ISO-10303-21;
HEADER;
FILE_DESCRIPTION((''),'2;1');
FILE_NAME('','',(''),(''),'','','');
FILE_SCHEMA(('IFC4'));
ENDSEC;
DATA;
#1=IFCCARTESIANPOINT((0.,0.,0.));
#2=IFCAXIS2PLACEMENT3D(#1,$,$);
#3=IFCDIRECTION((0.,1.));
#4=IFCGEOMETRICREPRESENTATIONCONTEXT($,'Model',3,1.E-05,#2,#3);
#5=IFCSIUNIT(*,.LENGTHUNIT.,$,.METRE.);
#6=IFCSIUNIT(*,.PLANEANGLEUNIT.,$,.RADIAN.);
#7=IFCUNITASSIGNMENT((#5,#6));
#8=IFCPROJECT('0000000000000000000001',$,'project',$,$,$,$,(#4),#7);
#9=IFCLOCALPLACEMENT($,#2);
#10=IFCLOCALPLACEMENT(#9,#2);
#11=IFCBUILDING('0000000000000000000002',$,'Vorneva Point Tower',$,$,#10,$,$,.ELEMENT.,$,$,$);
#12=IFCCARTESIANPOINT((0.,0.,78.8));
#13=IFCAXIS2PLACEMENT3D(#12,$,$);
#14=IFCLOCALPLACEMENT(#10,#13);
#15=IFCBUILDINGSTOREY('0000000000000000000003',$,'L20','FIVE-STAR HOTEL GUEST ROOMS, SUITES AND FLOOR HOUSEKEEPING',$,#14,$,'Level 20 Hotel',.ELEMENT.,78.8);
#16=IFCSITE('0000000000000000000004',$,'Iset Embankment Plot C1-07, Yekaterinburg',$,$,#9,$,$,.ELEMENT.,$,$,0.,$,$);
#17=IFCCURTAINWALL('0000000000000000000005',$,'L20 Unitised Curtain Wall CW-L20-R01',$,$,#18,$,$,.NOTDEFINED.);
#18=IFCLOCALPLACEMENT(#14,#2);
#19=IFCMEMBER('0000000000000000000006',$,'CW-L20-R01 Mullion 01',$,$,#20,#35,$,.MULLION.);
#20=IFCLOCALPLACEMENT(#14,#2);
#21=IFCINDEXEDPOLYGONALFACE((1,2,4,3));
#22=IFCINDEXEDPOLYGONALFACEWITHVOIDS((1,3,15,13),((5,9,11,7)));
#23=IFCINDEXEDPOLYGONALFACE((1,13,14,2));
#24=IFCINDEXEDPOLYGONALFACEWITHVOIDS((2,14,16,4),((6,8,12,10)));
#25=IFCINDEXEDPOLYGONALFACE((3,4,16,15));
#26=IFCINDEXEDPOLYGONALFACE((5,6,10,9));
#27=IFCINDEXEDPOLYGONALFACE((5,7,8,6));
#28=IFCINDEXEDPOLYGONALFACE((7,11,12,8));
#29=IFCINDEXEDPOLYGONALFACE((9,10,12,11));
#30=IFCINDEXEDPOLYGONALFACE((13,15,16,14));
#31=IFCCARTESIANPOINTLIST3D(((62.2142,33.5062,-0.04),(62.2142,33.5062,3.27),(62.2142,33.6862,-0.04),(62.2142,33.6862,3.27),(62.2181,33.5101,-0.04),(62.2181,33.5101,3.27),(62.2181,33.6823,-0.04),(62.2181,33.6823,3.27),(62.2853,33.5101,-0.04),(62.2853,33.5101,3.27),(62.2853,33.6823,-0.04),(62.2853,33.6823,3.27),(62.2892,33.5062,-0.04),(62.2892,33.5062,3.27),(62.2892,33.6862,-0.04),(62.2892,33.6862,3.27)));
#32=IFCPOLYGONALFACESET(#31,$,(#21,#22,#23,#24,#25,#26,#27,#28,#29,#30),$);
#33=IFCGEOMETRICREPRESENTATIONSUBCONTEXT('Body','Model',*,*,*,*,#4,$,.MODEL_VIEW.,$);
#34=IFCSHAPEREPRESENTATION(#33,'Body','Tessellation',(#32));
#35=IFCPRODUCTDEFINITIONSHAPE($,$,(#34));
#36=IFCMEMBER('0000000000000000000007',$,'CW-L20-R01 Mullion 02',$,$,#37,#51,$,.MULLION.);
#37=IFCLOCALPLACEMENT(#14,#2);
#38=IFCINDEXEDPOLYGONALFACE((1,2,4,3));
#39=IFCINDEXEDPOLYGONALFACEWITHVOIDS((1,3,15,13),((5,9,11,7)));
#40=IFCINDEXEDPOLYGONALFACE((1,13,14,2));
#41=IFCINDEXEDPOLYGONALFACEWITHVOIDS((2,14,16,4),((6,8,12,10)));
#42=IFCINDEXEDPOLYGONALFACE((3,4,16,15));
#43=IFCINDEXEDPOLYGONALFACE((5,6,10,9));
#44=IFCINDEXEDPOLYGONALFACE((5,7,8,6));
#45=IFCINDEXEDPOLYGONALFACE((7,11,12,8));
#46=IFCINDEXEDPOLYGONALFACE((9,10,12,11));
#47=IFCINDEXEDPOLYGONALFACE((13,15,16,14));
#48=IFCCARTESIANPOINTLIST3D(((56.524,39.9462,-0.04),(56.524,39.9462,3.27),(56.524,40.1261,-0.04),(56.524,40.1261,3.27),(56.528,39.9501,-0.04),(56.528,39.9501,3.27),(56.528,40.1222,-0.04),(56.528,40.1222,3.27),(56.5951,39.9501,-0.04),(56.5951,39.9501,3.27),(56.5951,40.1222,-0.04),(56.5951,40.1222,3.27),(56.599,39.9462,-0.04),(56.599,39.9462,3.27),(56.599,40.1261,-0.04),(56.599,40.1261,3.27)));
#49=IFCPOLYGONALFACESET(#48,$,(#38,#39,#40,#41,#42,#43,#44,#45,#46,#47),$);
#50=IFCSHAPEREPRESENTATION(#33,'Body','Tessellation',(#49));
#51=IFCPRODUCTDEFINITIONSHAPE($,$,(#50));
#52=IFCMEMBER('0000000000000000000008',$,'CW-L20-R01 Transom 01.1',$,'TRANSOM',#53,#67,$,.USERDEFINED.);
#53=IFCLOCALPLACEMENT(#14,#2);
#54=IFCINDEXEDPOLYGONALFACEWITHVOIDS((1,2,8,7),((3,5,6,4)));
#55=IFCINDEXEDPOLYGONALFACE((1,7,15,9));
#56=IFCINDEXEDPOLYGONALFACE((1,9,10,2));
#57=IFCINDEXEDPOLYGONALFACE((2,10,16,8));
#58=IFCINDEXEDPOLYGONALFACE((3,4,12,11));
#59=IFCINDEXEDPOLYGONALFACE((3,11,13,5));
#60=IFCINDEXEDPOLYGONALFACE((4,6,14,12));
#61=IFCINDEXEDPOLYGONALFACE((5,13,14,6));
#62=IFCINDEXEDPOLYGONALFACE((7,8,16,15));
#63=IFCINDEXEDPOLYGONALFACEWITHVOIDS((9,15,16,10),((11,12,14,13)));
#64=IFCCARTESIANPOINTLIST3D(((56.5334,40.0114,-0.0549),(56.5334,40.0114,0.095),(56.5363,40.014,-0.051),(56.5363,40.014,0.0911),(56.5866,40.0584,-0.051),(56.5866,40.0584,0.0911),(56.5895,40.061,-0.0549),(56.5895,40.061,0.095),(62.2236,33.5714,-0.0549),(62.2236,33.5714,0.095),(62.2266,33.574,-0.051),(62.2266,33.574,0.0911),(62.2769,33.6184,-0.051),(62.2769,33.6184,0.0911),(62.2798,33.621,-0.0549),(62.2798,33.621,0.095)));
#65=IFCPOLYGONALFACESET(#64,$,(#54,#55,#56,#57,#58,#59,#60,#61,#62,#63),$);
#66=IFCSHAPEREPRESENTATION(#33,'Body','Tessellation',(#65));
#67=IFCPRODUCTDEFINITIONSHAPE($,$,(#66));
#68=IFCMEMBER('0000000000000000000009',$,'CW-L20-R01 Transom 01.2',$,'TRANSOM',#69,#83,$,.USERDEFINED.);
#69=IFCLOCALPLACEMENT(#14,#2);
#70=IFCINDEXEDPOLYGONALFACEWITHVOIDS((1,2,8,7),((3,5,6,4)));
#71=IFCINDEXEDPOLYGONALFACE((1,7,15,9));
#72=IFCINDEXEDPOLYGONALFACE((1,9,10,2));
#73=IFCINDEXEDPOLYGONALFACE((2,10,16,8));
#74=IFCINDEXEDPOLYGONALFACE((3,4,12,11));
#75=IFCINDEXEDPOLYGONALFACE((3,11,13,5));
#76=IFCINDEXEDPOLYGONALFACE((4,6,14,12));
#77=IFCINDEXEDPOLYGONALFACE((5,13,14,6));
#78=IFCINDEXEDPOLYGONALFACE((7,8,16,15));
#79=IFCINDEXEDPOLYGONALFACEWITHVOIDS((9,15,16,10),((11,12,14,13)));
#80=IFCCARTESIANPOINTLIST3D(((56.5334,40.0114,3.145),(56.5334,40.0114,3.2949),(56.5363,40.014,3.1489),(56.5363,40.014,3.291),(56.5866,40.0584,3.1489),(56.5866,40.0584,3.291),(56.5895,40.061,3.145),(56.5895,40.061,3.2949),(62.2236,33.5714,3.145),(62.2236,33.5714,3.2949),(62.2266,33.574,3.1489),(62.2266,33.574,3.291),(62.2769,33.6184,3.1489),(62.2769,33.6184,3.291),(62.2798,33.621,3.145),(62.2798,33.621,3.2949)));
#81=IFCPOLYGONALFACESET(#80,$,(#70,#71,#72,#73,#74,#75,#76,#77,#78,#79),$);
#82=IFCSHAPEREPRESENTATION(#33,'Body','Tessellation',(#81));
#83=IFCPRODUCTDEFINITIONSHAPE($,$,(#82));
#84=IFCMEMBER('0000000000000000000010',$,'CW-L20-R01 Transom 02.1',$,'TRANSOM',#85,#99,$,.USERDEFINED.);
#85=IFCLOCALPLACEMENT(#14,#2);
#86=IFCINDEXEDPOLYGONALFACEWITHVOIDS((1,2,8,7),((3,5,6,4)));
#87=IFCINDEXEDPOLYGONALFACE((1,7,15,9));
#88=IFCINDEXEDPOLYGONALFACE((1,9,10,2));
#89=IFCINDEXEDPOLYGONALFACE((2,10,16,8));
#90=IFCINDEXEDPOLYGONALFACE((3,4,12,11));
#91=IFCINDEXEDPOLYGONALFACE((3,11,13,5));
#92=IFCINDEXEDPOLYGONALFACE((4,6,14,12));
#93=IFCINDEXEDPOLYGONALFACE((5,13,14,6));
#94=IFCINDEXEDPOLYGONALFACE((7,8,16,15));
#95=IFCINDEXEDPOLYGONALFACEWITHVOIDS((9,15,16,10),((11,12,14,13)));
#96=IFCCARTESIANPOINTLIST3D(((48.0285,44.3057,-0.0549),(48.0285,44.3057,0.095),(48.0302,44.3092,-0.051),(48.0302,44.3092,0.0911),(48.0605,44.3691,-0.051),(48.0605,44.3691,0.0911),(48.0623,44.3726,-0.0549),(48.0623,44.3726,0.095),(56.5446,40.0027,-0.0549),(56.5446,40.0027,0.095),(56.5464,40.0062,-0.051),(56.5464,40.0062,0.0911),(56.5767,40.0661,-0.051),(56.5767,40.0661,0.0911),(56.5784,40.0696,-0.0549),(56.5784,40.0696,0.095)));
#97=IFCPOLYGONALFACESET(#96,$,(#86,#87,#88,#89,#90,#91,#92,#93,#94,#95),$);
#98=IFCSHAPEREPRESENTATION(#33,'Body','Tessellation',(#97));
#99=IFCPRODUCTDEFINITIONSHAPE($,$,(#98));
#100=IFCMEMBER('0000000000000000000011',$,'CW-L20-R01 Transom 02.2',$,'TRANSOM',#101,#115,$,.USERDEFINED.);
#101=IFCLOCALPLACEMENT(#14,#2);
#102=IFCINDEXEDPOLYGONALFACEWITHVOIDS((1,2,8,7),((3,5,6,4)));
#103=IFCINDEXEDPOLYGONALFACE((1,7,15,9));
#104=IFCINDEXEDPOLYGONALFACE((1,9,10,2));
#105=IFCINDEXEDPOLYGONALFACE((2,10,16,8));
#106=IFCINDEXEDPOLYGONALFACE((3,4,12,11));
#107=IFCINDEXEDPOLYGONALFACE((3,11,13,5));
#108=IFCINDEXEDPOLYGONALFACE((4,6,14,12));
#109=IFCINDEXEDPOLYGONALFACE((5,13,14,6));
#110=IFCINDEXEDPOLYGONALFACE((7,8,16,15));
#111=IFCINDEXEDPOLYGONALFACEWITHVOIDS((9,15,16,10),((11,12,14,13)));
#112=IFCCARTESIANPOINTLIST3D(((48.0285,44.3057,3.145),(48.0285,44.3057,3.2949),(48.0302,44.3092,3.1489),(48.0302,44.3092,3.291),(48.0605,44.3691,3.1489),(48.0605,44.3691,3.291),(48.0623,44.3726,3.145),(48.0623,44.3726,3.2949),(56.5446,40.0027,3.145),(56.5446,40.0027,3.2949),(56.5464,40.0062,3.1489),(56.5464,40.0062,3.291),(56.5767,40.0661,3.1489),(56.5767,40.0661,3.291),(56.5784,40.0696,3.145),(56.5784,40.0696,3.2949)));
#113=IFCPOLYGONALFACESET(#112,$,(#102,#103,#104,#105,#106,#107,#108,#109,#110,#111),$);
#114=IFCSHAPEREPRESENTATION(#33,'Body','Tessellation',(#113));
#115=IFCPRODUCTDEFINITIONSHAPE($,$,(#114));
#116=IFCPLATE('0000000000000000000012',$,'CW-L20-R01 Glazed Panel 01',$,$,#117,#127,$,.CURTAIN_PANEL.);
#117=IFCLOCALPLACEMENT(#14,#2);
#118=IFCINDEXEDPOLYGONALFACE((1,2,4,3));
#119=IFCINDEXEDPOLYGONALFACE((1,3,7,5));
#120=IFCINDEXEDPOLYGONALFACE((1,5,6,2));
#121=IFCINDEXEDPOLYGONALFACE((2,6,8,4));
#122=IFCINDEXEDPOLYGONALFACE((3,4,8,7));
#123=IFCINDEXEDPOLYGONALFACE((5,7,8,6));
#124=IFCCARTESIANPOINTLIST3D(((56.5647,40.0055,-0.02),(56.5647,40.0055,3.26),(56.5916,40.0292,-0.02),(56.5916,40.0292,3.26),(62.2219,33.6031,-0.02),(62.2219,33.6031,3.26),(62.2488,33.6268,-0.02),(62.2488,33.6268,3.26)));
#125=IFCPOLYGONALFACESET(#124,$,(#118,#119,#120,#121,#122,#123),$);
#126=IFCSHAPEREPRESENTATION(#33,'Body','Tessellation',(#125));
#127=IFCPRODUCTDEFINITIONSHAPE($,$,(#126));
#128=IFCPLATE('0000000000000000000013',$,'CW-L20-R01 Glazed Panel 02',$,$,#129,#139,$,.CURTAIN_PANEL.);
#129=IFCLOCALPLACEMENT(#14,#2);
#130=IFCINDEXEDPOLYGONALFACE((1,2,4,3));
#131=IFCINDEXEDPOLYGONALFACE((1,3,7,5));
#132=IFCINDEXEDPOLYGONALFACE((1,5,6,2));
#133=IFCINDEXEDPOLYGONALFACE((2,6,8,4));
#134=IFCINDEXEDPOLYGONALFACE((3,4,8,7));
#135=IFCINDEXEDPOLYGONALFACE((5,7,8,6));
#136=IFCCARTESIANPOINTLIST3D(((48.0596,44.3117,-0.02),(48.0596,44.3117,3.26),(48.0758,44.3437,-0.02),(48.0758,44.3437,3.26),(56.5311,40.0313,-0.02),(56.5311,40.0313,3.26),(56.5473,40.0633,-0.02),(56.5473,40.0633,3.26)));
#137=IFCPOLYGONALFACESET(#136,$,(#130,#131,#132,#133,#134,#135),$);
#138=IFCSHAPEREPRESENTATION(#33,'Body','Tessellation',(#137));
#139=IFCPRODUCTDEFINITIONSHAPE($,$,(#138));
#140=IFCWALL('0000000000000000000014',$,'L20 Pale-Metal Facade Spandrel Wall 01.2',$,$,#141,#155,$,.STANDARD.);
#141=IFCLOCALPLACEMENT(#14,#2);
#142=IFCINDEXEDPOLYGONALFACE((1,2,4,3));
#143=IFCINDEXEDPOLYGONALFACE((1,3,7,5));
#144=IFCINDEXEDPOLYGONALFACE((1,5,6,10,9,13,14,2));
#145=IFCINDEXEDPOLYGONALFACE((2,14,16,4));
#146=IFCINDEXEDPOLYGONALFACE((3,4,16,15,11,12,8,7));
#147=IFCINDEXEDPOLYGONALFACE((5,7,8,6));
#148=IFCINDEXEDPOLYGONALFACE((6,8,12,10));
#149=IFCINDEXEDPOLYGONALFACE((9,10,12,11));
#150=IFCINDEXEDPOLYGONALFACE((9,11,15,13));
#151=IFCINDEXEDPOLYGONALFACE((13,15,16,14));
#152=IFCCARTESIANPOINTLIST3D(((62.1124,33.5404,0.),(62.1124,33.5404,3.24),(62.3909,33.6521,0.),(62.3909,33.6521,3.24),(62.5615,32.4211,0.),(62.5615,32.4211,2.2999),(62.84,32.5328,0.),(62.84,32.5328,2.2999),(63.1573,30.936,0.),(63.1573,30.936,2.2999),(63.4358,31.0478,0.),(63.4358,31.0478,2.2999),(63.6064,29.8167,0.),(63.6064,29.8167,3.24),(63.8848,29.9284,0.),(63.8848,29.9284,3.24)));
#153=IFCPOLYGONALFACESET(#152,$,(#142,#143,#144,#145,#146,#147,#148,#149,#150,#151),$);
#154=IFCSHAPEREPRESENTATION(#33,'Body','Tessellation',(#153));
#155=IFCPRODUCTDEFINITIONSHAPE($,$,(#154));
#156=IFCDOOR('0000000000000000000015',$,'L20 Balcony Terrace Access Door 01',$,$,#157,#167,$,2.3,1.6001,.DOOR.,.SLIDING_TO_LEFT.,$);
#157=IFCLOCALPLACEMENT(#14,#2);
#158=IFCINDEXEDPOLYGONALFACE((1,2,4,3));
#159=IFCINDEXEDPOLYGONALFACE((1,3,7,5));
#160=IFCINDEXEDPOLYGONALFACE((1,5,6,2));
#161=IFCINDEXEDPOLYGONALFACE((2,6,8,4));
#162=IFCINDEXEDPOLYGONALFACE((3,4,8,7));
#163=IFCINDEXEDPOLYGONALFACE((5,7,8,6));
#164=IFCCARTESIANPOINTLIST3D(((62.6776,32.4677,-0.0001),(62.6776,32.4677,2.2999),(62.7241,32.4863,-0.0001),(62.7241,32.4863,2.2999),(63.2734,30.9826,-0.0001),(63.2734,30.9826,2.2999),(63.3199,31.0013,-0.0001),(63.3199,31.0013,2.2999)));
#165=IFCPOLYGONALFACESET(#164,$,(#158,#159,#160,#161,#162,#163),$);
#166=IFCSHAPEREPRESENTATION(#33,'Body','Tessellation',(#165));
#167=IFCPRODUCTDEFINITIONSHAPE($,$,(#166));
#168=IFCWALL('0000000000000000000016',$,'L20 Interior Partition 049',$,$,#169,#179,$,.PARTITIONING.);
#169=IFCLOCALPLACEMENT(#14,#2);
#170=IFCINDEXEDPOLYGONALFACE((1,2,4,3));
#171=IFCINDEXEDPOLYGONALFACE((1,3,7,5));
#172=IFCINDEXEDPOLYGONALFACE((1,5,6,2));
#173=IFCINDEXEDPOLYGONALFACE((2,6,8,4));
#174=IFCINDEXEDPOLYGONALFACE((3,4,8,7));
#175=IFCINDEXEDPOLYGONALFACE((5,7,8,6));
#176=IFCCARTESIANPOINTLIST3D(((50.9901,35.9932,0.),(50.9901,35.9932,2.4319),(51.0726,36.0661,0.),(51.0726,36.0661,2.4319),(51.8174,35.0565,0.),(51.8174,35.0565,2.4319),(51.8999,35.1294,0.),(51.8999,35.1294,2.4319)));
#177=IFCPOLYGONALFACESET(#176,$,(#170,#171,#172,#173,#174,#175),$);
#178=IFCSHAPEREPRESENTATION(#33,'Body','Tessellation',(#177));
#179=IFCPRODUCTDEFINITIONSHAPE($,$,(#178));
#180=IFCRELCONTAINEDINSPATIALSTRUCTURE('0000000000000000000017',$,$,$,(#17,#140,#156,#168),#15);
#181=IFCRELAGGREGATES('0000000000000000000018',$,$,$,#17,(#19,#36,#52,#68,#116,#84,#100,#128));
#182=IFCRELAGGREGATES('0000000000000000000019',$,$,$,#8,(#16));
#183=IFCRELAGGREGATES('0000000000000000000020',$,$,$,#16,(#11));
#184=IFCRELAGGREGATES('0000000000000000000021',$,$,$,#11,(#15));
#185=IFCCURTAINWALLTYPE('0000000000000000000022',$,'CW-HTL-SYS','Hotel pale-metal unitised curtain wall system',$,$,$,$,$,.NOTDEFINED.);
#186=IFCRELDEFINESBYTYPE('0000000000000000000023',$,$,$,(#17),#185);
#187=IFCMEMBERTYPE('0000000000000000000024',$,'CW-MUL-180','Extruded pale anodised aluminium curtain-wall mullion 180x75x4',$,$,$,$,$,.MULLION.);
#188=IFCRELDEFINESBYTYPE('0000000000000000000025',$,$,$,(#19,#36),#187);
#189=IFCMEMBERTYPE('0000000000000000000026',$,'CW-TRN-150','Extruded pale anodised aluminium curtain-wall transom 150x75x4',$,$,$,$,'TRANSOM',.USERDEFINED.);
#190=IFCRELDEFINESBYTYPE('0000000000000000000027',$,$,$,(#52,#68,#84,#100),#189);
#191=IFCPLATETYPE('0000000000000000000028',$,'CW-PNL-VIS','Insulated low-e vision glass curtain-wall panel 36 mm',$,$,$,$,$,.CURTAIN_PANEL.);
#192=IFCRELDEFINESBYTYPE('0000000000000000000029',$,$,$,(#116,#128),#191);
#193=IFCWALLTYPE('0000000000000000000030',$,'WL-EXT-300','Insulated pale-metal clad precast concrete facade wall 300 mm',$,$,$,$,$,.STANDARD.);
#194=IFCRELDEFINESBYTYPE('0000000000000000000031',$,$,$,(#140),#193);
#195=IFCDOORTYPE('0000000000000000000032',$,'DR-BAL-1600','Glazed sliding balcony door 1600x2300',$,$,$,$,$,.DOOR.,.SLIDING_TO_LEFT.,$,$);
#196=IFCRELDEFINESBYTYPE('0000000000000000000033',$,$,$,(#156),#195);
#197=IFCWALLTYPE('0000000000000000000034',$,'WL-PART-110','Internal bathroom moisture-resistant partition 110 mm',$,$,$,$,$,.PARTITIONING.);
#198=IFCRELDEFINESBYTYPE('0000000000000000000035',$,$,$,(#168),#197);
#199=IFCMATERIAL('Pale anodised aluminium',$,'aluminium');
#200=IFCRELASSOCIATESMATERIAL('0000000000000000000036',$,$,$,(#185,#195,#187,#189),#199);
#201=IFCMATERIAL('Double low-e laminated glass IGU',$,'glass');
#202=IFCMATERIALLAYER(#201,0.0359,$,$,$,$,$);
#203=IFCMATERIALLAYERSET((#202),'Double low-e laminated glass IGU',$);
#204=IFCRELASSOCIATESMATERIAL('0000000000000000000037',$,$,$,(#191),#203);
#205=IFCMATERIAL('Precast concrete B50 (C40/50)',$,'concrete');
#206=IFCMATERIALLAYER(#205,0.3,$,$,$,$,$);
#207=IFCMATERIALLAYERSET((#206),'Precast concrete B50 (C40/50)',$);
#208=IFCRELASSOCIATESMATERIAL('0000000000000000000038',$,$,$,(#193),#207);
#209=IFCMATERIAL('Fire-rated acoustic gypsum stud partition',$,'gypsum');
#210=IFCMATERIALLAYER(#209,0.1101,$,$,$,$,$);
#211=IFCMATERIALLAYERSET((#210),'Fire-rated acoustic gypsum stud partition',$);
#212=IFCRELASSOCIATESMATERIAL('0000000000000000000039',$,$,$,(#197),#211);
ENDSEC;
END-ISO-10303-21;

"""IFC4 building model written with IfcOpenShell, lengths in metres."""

from ifc_helpers import new_model, si_unit, direction, frame, frame_2d, origin, origin_2d, place, context, subcontext, project, spatial, rectangle, hollow_rectangle, extrude, material, layer, layer_set, material_profile, profile_set, type_object, element, fill, aggregate, save


model = new_model("IFC4")

# Units and contexts
model_context = context("Model", 3, precision=1e-05, world=origin(), true_north=direction((0.0, 1.0)))
body_context = subcontext(model_context, "Body", "Model", "MODEL_VIEW")
ifc_project = project(units=[si_unit("LENGTHUNIT", "METRE"), si_unit("PLANEANGLEUNIT", "RADIAN")], contexts=[model_context])

# Site, building, storey
site_placement = place(None, origin())
site = spatial("IfcSite", under=ifc_project, at=site_placement, Name="Iset Embankment Plot C1-07, Yekaterinburg", CompositionType="ELEMENT", RefElevation=0.0)
building_placement = place(site_placement, origin())
building = spatial("IfcBuilding", under=site, at=building_placement, Name="Vorneva Point Tower", CompositionType="ELEMENT")
storey_placement = place(building_placement, frame((0.0, 0.0, 78.8)))
storey = spatial("IfcBuildingStorey", under=building, at=storey_placement, Name="L20", Description="FIVE-STAR HOTEL GUEST ROOMS, SUITES AND FLOOR HOUSEKEEPING", LongName="Level 20 Hotel", CompositionType="ELEMENT", Elevation=78.8)

# Curtain wall, members, plates
ifc_material_1 = material(Name="Pale anodised aluminium", Category="aluminium")
curtain_wall_type = type_object("IfcCurtainWallType", Name="CW-HTL-SYS", Description="Hotel pale-metal unitised curtain wall system", PredefinedType="NOTDEFINED", material=ifc_material_1)
curtain_wall_placement = place(storey_placement, origin())
curtain_wall = element("IfcCurtainWall", 1, at=curtain_wall_placement, inside=storey, type_object=curtain_wall_type, Name="L20 Unitised Curtain Wall CW-L20-R01", PredefinedType="NOTDEFINED")
ifc_material_profile_1 = material_profile(ifc_material_1, hollow_rectangle(XDim=0.075, YDim=0.1799, WallThickness=0.0039, at=origin_2d()), Name="AL-MUL 180x75x4")
ifc_profile_set_1 = profile_set([ifc_material_profile_1], Name="Pale anodised aluminium")
member_type_1 = type_object("IfcMemberType", Name="CW-MUL-180", Description="Extruded pale anodised aluminium curtain-wall mullion 180x75x4", PredefinedType="MULLION", material=ifc_profile_set_1)
member_1_placement = place(storey_placement, frame((62.2517, 33.5962, -0.04), z_axis=(0.0, 0.0, 1.0), x_axis=(1.0, 0.0, 0.0)))
member_1 = element("IfcMember", 2, at=member_1_placement, type_object=member_type_1, Name="CW-L20-R01 Mullion 01", PredefinedType="MULLION", context=body_context, shape_type="SweptSolid", body=[
    extrude(hollow_rectangle(XDim=0.075, YDim=0.1799, WallThickness=0.0039, at=origin_2d()), origin(), (0.0, 0.0, 1.0), 3.3101),
])
member_2_placement = place(storey_placement, frame((56.5615, 40.0361, -0.04), z_axis=(0.0, 0.0, 1.0), x_axis=(1.0, 0.0, 0.0)))
member_2 = element("IfcMember", 3, at=member_2_placement, type_object=member_type_1, Name="CW-L20-R01 Mullion 02", PredefinedType="MULLION", context=body_context, shape_type="SweptSolid", body=[
    extrude(hollow_rectangle(XDim=0.075, YDim=0.1799, WallThickness=0.0039, at=origin_2d()), origin(), (0.0, 0.0, 1.0), 3.3101),
])
ifc_material_profile_2 = material_profile(ifc_material_1, hollow_rectangle(XDim=0.075, YDim=0.1499, WallThickness=0.0039, at=origin_2d()), Name="AL-TRN 150x75x4")
ifc_profile_set_2 = profile_set([ifc_material_profile_2], Name="Pale anodised aluminium")
member_type_2 = type_object("IfcMemberType", Name="CW-TRN-150", Description="Extruded pale anodised aluminium curtain-wall transom 150x75x4", ElementType="TRANSOM", PredefinedType="USERDEFINED", material=ifc_profile_set_2)
member_3_placement = place(storey_placement, frame((62.2517, 33.5962, 0.02), z_axis=(-0.662137, 0.749383, 0.0), x_axis=(-0.749383, -0.662137, 0.0)))
member_3 = element("IfcMember", 4, at=member_3_placement, type_object=member_type_2, Name="CW-L20-R01 Transom 01.1", ObjectType="TRANSOM", PredefinedType="USERDEFINED", context=body_context, shape_type="SweptSolid", body=[
    extrude(hollow_rectangle(XDim=0.075, YDim=0.1499, WallThickness=0.0039, at=origin_2d()), origin(), (0.0, 0.0, 1.0), 8.5938),
])
member_4_placement = place(storey_placement, frame((62.2517, 33.5962, 3.22), z_axis=(-0.662137, 0.749383, 0.0), x_axis=(-0.749383, -0.662137, 0.0)))
member_4 = element("IfcMember", 5, at=member_4_placement, type_object=member_type_2, Name="CW-L20-R01 Transom 01.2", ObjectType="TRANSOM", PredefinedType="USERDEFINED", context=body_context, shape_type="SweptSolid", body=[
    extrude(hollow_rectangle(XDim=0.075, YDim=0.1499, WallThickness=0.0039, at=origin_2d()), origin(), (0.0, 0.0, 1.0), 8.5938),
])
member_5_placement = place(storey_placement, frame((56.5615, 40.0361, 0.02), z_axis=(-0.892536, 0.450976, 0.0), x_axis=(-0.450976, -0.892536, 0.0)))
member_5 = element("IfcMember", 6, at=member_5_placement, type_object=member_type_2, Name="CW-L20-R01 Transom 02.1", ObjectType="TRANSOM", PredefinedType="USERDEFINED", context=body_context, shape_type="SweptSolid", body=[
    extrude(hollow_rectangle(XDim=0.075, YDim=0.1499, WallThickness=0.0039, at=origin_2d()), origin(), (0.0, 0.0, 1.0), 9.5415),
])
member_6_placement = place(storey_placement, frame((56.5615, 40.0361, 3.22), z_axis=(-0.892536, 0.450976, 0.0), x_axis=(-0.450976, -0.892536, 0.0)))
member_6 = element("IfcMember", 7, at=member_6_placement, type_object=member_type_2, Name="CW-L20-R01 Transom 02.2", ObjectType="TRANSOM", PredefinedType="USERDEFINED", context=body_context, shape_type="SweptSolid", body=[
    extrude(hollow_rectangle(XDim=0.075, YDim=0.1499, WallThickness=0.0039, at=origin_2d()), origin(), (0.0, 0.0, 1.0), 9.5415),
])
ifc_material_2 = material(Name="Double low-e laminated glass IGU", Category="glass")
ifc_layer_1 = layer(ifc_material_2, 0.0359)
ifc_layer_set_1 = layer_set([ifc_layer_1], Name="Double low-e laminated glass IGU")
plate_type = type_object("IfcPlateType", Name="CW-PNL-VIS", Description="Insulated low-e vision glass curtain-wall panel 36 mm", PredefinedType="CURTAIN_PANEL", material=ifc_layer_set_1)
plate_1_placement = place(storey_placement, frame((59.4067, 36.8162, -0.02), z_axis=(0.0, 0.0, 1.0), x_axis=(-0.662149, 0.749372, 0.0)))
plate_1 = element("IfcPlate", 8, at=plate_1_placement, type_object=plate_type, Name="CW-L20-R01 Glazed Panel 01", PredefinedType="CURTAIN_PANEL", context=body_context, shape_type="SweptSolid", body=[
    extrude(rectangle(XDim=8.5437, YDim=0.0359, at=origin_2d()), origin(), (0.0, 0.0, 1.0), 3.28),
])
plate_2_placement = place(storey_placement, frame((52.3035, 42.1875, -0.02), z_axis=(0.0, 0.0, 1.0), x_axis=(-0.892539, 0.450971, 0.0)))
plate_2 = element("IfcPlate", 9, at=plate_2_placement, type_object=plate_type, Name="CW-L20-R01 Glazed Panel 02", PredefinedType="CURTAIN_PANEL", context=body_context, shape_type="SweptSolid", body=[
    extrude(rectangle(XDim=9.4915, YDim=0.0359, at=origin_2d()), origin(), (0.0, 0.0, 1.0), 3.28),
])
aggregate(curtain_wall, [member_1, member_2, member_3, member_4, plate_1, member_5, member_6, plate_2])

# Wall, opening, door
ifc_material_3 = material(Name="Precast concrete B50 (C40/50)", Category="concrete")
ifc_layer_2 = layer(ifc_material_3, 0.3)
ifc_layer_set_2 = layer_set([ifc_layer_2], Name="Precast concrete B50 (C40/50)")
wall_type_1 = type_object("IfcWallType", Name="WL-EXT-300", Description="Insulated pale-metal clad precast concrete facade wall 300 mm", PredefinedType="STANDARD", material=ifc_layer_set_2)
wall_1_placement = place(storey_placement, frame((63.7456, 29.8726, 0.0), z_axis=(0.0, 0.0, 1.0), x_axis=(-0.372345, 0.928094, 0.0)))
wall_1 = element("IfcWall", 10, at=wall_1_placement, inside=storey, type_object=wall_type_1, Name="L20 Pale-Metal Facade Spandrel Wall 01.2", PredefinedType="STANDARD", context=body_context, shape_type="SweptSolid", body=[
    extrude(rectangle(XDim=4.0122, YDim=0.3, at=frame_2d((2.0061, 0.0))), origin(), (0.0, 0.0, 1.0), 3.24),
])
opening_placement = place(wall_1_placement, frame((1.2061, 0.0, 0.0)))
opening = element("IfcOpeningElement", 11, at=opening_placement, cuts=wall_1, PredefinedType="OPENING", context=body_context, shape_type="SweptSolid", body=[
    extrude(rectangle(XDim=1.6001, YDim=2.3, at=frame_2d((0.8, 1.1499))), frame((0.0, 0.165, 0.0), z_axis=(0.0, -1.0, 0.0), x_axis=(1.0, 0.0, 0.0)), (0.0, 0.0, 1.0), 0.3298),
])
door_type = type_object("IfcDoorType", Name="DR-BAL-1600", Description="Glazed sliding balcony door 1600x2300", OperationType="SLIDING_TO_LEFT", PredefinedType="DOOR", material=ifc_material_1)
door_placement = place(opening_placement, origin())
door = element("IfcDoor", 12, at=door_placement, inside=storey, type_object=door_type, Name="L20 Balcony Terrace Access Door 01", OperationType="SLIDING_TO_LEFT", OverallHeight=2.3, OverallWidth=1.6001, PredefinedType="DOOR", context=body_context, shape_type="SweptSolid", body=[
    extrude(rectangle(XDim=1.6001, YDim=2.3, at=frame_2d((0.8, 1.1499))), frame((0.0, 0.0249, 0.0), z_axis=(0.0, -1.0, 0.0), x_axis=(1.0, 0.0, 0.0)), (0.0, 0.0, 1.0), 0.05),
])
fill(opening, door)

# Wall
ifc_material_4 = material(Name="Fire-rated acoustic gypsum stud partition", Category="gypsum")
ifc_layer_3 = layer(ifc_material_4, 0.1101)
ifc_layer_set_3 = layer_set([ifc_layer_3], Name="Fire-rated acoustic gypsum stud partition")
wall_type_2 = type_object("IfcWallType", Name="WL-PART-110", Description="Internal bathroom moisture-resistant partition 110 mm", PredefinedType="PARTITIONING", material=ifc_layer_set_3)
wall_2_placement = place(storey_placement, frame((51.0312, 36.0298, 0.0), z_axis=(0.0, 0.0, 1.0), x_axis=(0.661996, -0.749507, 0.0)))
element("IfcWall", 13, at=wall_2_placement, inside=storey, type_object=wall_type_2, Name="L20 Interior Partition 049", PredefinedType="PARTITIONING", context=body_context, shape_type="SweptSolid", body=[
    extrude(rectangle(XDim=1.2498, YDim=0.1101, at=frame_2d((0.625, 0.0))), origin(), (0.0, 0.0, 1.0), 2.4319),
])

save(model, "model.ifc")
